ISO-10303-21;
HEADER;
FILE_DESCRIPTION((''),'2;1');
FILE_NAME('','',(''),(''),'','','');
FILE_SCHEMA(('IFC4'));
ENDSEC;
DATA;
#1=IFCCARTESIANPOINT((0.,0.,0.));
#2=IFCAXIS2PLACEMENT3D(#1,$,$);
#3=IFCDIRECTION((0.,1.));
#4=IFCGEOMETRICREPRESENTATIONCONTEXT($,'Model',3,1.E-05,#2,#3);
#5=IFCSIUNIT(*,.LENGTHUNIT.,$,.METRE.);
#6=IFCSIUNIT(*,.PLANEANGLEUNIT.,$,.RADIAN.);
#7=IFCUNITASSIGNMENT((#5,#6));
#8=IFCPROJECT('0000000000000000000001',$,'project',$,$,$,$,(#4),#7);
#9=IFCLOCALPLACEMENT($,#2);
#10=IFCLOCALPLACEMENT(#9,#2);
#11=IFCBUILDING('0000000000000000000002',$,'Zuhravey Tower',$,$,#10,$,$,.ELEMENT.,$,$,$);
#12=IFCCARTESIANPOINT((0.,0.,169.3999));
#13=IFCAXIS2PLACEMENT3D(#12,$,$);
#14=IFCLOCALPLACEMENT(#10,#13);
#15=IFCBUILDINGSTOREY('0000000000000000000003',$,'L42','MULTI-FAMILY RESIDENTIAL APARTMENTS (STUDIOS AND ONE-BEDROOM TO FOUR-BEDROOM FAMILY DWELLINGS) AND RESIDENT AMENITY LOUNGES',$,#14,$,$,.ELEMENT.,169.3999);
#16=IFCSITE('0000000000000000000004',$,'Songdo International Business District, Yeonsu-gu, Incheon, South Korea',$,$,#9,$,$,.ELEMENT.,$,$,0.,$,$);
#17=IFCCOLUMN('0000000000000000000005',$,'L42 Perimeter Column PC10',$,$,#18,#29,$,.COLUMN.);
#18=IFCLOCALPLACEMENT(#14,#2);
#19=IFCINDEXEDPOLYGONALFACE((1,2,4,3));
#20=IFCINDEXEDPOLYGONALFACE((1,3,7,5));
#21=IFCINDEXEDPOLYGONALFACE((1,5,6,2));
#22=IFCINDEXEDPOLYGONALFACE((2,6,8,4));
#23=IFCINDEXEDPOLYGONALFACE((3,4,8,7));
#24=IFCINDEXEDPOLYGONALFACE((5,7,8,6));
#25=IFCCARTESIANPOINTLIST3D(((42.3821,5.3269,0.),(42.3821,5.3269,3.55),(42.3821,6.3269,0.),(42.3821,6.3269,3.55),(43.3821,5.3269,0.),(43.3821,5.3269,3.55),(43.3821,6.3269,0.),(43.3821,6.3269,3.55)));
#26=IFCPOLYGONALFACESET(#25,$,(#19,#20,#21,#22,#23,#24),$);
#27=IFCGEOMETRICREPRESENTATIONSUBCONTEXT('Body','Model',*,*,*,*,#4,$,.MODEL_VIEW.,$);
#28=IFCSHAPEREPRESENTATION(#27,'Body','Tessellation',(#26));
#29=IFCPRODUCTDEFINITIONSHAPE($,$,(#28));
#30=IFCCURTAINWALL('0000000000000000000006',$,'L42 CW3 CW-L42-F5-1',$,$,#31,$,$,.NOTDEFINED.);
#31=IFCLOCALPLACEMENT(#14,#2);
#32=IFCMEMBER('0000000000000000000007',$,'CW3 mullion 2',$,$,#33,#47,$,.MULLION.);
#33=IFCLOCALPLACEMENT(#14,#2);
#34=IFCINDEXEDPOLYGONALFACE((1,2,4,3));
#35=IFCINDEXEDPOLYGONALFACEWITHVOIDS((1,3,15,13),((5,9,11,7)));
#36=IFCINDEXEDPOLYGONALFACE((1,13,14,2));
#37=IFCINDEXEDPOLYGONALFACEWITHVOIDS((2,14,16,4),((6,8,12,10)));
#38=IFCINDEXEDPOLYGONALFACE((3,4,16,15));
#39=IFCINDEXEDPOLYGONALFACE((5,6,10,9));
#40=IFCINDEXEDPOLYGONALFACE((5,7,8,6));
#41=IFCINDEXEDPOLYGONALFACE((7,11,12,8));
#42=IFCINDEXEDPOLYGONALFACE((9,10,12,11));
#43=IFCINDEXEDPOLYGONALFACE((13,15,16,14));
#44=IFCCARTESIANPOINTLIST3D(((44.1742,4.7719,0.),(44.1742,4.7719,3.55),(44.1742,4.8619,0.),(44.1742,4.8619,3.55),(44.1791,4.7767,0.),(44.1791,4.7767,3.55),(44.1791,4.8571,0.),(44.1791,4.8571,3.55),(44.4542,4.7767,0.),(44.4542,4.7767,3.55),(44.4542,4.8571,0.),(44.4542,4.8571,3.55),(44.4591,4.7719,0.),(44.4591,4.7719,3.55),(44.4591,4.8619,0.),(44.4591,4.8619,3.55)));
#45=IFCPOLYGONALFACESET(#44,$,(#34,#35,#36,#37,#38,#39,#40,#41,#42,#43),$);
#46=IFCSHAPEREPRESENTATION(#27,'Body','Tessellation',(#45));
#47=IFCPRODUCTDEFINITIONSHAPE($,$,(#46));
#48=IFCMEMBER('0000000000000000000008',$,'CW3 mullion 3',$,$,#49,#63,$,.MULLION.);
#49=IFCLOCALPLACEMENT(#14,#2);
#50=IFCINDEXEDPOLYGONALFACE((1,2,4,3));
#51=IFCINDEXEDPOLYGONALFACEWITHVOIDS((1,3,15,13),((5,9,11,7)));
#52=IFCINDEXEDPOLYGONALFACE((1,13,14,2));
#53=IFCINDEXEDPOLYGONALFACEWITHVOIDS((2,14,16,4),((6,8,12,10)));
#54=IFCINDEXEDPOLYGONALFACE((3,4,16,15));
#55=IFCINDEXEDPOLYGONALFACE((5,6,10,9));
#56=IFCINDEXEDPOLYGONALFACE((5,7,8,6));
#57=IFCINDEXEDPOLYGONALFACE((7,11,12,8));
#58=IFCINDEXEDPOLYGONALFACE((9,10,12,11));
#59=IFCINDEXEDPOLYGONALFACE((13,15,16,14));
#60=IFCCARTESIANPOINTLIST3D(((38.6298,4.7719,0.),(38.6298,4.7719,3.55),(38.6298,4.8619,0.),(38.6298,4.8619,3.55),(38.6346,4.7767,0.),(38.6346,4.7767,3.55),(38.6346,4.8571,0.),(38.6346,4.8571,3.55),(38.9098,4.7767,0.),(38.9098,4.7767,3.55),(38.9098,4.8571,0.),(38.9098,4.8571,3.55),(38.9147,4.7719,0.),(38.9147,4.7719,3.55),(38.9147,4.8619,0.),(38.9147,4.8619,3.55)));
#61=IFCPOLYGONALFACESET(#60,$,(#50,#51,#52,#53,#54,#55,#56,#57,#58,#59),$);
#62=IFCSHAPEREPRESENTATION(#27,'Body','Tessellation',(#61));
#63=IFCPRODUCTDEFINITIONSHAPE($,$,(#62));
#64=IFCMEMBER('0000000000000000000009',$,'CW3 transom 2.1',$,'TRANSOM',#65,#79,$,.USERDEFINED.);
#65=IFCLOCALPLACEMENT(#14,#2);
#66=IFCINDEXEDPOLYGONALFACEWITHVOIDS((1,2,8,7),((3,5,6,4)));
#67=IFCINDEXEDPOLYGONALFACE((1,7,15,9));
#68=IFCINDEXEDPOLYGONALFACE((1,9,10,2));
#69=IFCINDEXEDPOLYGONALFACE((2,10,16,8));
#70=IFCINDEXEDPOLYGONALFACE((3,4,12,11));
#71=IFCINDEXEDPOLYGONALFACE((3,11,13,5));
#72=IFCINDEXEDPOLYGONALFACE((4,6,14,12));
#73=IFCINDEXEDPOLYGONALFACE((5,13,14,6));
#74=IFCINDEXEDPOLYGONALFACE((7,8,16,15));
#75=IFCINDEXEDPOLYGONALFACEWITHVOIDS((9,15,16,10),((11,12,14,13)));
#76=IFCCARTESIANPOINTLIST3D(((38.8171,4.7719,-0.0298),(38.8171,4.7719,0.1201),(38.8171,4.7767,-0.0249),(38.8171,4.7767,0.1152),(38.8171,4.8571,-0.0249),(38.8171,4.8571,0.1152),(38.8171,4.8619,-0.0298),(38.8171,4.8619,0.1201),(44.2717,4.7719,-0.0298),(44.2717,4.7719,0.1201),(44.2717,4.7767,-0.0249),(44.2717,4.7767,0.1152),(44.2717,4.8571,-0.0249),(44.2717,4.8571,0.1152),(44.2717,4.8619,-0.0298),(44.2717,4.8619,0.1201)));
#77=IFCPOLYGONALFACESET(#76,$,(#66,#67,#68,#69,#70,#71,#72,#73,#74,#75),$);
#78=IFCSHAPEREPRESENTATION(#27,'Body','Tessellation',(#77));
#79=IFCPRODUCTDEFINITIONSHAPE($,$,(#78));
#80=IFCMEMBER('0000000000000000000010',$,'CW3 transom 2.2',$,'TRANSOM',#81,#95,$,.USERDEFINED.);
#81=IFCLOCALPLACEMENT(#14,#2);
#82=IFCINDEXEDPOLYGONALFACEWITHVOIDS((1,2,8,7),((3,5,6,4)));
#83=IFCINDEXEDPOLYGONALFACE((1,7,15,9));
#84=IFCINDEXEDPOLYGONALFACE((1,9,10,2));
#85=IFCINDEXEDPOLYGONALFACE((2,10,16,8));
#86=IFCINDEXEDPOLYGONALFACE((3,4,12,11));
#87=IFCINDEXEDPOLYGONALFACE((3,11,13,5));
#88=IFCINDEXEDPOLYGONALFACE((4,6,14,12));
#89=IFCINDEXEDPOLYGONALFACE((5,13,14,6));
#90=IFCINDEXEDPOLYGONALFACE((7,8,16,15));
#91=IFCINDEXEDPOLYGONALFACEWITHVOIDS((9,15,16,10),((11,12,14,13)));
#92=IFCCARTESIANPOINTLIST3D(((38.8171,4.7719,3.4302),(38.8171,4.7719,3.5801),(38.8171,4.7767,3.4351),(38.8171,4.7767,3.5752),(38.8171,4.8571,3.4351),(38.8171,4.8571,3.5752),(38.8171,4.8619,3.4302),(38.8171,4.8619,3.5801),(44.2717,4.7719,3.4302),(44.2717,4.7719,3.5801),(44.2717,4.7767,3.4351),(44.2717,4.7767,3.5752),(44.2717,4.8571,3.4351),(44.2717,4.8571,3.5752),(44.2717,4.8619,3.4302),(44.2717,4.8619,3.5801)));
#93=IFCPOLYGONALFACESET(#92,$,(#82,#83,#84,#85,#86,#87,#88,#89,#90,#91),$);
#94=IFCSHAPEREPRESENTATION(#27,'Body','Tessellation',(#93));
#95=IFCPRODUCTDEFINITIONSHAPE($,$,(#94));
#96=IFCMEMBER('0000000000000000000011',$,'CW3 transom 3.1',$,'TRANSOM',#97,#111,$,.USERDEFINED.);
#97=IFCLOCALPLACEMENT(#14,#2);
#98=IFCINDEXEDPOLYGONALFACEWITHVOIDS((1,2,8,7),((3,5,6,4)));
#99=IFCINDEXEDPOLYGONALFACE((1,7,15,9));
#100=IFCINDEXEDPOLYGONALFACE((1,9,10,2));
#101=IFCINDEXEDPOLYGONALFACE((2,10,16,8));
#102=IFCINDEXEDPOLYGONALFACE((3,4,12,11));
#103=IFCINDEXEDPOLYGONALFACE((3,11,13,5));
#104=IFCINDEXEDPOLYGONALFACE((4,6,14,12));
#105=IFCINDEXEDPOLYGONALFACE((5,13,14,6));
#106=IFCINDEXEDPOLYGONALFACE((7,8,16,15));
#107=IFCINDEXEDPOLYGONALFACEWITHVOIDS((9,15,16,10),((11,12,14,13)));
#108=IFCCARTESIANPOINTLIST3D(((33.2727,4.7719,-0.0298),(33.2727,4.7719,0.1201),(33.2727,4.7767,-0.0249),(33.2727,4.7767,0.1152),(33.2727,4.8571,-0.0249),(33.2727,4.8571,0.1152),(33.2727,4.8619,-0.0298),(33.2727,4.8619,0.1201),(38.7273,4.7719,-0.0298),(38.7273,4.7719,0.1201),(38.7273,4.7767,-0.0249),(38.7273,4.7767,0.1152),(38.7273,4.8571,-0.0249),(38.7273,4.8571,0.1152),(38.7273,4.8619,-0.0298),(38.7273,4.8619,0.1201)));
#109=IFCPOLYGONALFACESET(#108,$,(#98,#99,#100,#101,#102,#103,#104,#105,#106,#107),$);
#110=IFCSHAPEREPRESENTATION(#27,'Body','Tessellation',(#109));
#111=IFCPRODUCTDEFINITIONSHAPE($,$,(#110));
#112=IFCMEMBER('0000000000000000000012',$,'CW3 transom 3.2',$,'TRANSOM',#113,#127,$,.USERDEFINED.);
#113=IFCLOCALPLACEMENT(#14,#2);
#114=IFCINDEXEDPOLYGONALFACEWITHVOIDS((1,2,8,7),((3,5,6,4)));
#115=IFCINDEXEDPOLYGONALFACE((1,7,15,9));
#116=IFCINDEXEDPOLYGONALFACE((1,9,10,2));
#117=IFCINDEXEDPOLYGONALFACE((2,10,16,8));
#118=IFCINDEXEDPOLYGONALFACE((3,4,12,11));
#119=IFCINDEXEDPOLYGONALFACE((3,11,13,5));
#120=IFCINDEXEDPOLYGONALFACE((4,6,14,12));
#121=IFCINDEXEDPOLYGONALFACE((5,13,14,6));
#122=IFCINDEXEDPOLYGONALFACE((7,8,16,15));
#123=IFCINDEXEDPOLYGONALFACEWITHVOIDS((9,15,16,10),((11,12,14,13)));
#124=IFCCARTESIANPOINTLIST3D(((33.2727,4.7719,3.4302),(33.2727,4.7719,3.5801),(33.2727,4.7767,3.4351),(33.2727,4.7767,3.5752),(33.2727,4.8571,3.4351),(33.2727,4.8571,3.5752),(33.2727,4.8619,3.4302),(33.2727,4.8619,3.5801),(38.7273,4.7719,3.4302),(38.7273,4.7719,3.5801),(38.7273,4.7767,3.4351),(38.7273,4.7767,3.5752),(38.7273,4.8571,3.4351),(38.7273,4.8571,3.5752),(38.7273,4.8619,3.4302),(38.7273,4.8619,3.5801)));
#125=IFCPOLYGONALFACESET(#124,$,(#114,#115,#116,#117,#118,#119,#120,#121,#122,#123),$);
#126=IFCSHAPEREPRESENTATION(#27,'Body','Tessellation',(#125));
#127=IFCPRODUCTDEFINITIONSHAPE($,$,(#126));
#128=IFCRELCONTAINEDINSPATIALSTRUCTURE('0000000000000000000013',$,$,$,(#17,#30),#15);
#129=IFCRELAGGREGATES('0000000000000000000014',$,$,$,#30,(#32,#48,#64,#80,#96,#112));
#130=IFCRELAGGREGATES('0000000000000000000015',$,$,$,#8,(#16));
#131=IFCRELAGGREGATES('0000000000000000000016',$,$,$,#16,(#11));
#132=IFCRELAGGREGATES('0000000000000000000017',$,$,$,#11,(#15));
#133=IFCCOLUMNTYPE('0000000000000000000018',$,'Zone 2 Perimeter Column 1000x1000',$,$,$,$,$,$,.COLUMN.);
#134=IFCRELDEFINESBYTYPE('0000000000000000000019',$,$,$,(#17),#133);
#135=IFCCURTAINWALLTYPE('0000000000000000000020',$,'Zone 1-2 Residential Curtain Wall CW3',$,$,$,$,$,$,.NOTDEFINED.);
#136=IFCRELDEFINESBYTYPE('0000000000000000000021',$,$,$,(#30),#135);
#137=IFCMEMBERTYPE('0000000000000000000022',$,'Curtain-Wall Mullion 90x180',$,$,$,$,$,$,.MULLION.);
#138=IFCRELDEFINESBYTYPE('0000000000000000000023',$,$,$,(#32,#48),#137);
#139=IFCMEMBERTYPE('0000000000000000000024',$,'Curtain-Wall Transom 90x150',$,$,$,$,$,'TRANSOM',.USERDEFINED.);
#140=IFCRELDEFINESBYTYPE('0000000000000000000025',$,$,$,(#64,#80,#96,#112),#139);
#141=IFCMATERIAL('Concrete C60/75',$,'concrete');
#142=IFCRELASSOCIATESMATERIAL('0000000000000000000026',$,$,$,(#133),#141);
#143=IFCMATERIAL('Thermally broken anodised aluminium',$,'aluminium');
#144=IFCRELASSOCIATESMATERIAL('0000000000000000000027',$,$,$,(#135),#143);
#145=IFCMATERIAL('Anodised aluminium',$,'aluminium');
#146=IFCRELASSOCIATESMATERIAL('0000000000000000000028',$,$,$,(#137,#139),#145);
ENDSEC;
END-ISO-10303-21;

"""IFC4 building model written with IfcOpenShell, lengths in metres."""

from ifc_helpers import new_model, si_unit, direction, frame, origin, origin_2d, place, context, subcontext, project, spatial, rectangle, hollow_rectangle, extrude, material, material_profile, profile_set, type_object, element, aggregate, save


model = new_model("IFC4")

# Units and contexts
model_context = context("Model", 3, precision=1e-05, world=origin(), true_north=direction((0.0, 1.0)))
body_context = subcontext(model_context, "Body", "Model", "MODEL_VIEW")
ifc_project = project(units=[si_unit("LENGTHUNIT", "METRE"), si_unit("PLANEANGLEUNIT", "RADIAN")], contexts=[model_context])

# Site, building, storey
site_placement = place(None, origin())
site = spatial("IfcSite", under=ifc_project, at=site_placement, Name="Songdo International Business District, Yeonsu-gu, Incheon, South Korea", CompositionType="ELEMENT", RefElevation=0.0)
building_placement = place(site_placement, origin())
building = spatial("IfcBuilding", under=site, at=building_placement, Name="Zuhravey Tower", CompositionType="ELEMENT")
storey_placement = place(building_placement, frame((0.0, 0.0, 169.3999)))
storey = spatial("IfcBuildingStorey", under=building, at=storey_placement, Name="L42", Description="MULTI-FAMILY RESIDENTIAL APARTMENTS (STUDIOS AND ONE-BEDROOM TO FOUR-BEDROOM FAMILY DWELLINGS) AND RESIDENT AMENITY LOUNGES", CompositionType="ELEMENT", Elevation=169.3999)

# Column
ifc_material_1 = material(Name="Concrete C60/75", Category="concrete")
ifc_material_profile_1 = material_profile(ifc_material_1, rectangle(XDim=1.0, YDim=1.0, at=origin_2d()), Name="RC-1000x1000")
ifc_profile_set_1 = profile_set([ifc_material_profile_1], Name="Concrete C60/75")
column_type = type_object("IfcColumnType", Name="Zone 2 Perimeter Column 1000x1000", PredefinedType="COLUMN", material=ifc_profile_set_1)
column_placement = place(storey_placement, frame((42.8821, 5.8269, 0.0), z_axis=(0.0, 0.0, 1.0), x_axis=(1.0, 0.0, 0.0)))
element("IfcColumn", 1, at=column_placement, inside=storey, type_object=column_type, Name="L42 Perimeter Column PC10", PredefinedType="COLUMN", context=body_context, shape_type="SweptSolid", body=[
    extrude(rectangle(XDim=1.0, YDim=1.0, at=origin_2d()), origin(), (0.0, 0.0, 1.0), 3.55),
])

# Curtain wall, members
ifc_material_2 = material(Name="Thermally broken anodised aluminium", Category="aluminium")
curtain_wall_type = type_object("IfcCurtainWallType", Name="Zone 1-2 Residential Curtain Wall CW3", PredefinedType="NOTDEFINED", material=ifc_material_2)
curtain_wall_placement = place(storey_placement, origin())
curtain_wall = element("IfcCurtainWall", 2, at=curtain_wall_placement, inside=storey, type_object=curtain_wall_type, Name="L42 CW3 CW-L42-F5-1", PredefinedType="NOTDEFINED")
ifc_material_3 = material(Name="Anodised aluminium", Category="aluminium")
ifc_material_profile_2 = material_profile(ifc_material_3, hollow_rectangle(XDim=0.0901, YDim=0.2849, WallThickness=0.0049, at=origin_2d()), Name="ALU-RHS-90x285x5")
ifc_profile_set_2 = profile_set([ifc_material_profile_2], Name="Anodised aluminium")
member_type_1 = type_object("IfcMemberType", Name="Curtain-Wall Mullion 90x180", PredefinedType="MULLION", material=ifc_profile_set_2)
member_1_placement = place(storey_placement, frame((44.3167, 4.8169, 0.0), z_axis=(0.0, 0.0, 1.0), x_axis=(0.0, -1.0, 0.0)))
member_1 = element("IfcMember", 3, at=member_1_placement, type_object=member_type_1, Name="CW3 mullion 2", PredefinedType="MULLION", context=body_context, shape_type="SweptSolid", body=[
    extrude(hollow_rectangle(XDim=0.0901, YDim=0.2849, WallThickness=0.0049, at=origin_2d()), origin(), (0.0, 0.0, 1.0), 3.55),
])
member_2_placement = place(storey_placement, frame((38.7722, 4.8169, 0.0), z_axis=(0.0, 0.0, 1.0), x_axis=(0.0, -1.0, 0.0)))
member_2 = element("IfcMember", 4, at=member_2_placement, type_object=member_type_1, Name="CW3 mullion 3", PredefinedType="MULLION", context=body_context, shape_type="SweptSolid", body=[
    extrude(hollow_rectangle(XDim=0.0901, YDim=0.2849, WallThickness=0.0049, at=origin_2d()), origin(), (0.0, 0.0, 1.0), 3.55),
])
ifc_material_profile_3 = material_profile(ifc_material_3, hollow_rectangle(XDim=0.0901, YDim=0.1499, WallThickness=0.0049, at=origin_2d()), Name="ALU-RHS-90x150x5")
ifc_profile_set_3 = profile_set([ifc_material_profile_3], Name="Anodised aluminium")
member_type_2 = type_object("IfcMemberType", Name="Curtain-Wall Transom 90x150", ElementType="TRANSOM", PredefinedType="USERDEFINED", material=ifc_profile_set_3)
member_3_placement = place(storey_placement, frame((44.2717, 4.8169, 0.0452), z_axis=(-1.0, 0.0, 0.0), x_axis=(0.0, -1.0, 0.0)))
member_3 = element("IfcMember", 5, at=member_3_placement, type_object=member_type_2, Name="CW3 transom 2.1", ObjectType="TRANSOM", PredefinedType="USERDEFINED", context=body_context, shape_type="SweptSolid", body=[
    extrude(hollow_rectangle(XDim=0.0901, YDim=0.1499, WallThickness=0.0049, at=origin_2d()), origin(), (0.0, 0.0, 1.0), 5.4546),
])
member_4_placement = place(storey_placement, frame((44.2717, 4.8169, 3.5051), z_axis=(-1.0, 0.0, 0.0), x_axis=(0.0, -1.0, 0.0)))
member_4 = element("IfcMember", 6, at=member_4_placement, type_object=member_type_2, Name="CW3 transom 2.2", ObjectType="TRANSOM", PredefinedType="USERDEFINED", context=body_context, shape_type="SweptSolid", body=[
    extrude(hollow_rectangle(XDim=0.0901, YDim=0.1499, WallThickness=0.0049, at=origin_2d()), origin(), (0.0, 0.0, 1.0), 5.4546),
])
member_5_placement = place(storey_placement, frame((38.7273, 4.8169, 0.0452), z_axis=(-1.0, 0.0, 0.0), x_axis=(0.0, -1.0, 0.0)))
member_5 = element("IfcMember", 7, at=member_5_placement, type_object=member_type_2, Name="CW3 transom 3.1", ObjectType="TRANSOM", PredefinedType="USERDEFINED", context=body_context, shape_type="SweptSolid", body=[
    extrude(hollow_rectangle(XDim=0.0901, YDim=0.1499, WallThickness=0.0049, at=origin_2d()), origin(), (0.0, 0.0, 1.0), 5.4546),
])
member_6_placement = place(storey_placement, frame((38.7273, 4.8169, 3.5051), z_axis=(-1.0, 0.0, 0.0), x_axis=(0.0, -1.0, 0.0)))
member_6 = element("IfcMember", 8, at=member_6_placement, type_object=member_type_2, Name="CW3 transom 3.2", ObjectType="TRANSOM", PredefinedType="USERDEFINED", context=body_context, shape_type="SweptSolid", body=[
    extrude(hollow_rectangle(XDim=0.0901, YDim=0.1499, WallThickness=0.0049, at=origin_2d()), origin(), (0.0, 0.0, 1.0), 5.4546),
])

aggregate(curtain_wall, [member_1, member_2, member_3, member_4, member_5, member_6])

save(model, "model.ifc")
